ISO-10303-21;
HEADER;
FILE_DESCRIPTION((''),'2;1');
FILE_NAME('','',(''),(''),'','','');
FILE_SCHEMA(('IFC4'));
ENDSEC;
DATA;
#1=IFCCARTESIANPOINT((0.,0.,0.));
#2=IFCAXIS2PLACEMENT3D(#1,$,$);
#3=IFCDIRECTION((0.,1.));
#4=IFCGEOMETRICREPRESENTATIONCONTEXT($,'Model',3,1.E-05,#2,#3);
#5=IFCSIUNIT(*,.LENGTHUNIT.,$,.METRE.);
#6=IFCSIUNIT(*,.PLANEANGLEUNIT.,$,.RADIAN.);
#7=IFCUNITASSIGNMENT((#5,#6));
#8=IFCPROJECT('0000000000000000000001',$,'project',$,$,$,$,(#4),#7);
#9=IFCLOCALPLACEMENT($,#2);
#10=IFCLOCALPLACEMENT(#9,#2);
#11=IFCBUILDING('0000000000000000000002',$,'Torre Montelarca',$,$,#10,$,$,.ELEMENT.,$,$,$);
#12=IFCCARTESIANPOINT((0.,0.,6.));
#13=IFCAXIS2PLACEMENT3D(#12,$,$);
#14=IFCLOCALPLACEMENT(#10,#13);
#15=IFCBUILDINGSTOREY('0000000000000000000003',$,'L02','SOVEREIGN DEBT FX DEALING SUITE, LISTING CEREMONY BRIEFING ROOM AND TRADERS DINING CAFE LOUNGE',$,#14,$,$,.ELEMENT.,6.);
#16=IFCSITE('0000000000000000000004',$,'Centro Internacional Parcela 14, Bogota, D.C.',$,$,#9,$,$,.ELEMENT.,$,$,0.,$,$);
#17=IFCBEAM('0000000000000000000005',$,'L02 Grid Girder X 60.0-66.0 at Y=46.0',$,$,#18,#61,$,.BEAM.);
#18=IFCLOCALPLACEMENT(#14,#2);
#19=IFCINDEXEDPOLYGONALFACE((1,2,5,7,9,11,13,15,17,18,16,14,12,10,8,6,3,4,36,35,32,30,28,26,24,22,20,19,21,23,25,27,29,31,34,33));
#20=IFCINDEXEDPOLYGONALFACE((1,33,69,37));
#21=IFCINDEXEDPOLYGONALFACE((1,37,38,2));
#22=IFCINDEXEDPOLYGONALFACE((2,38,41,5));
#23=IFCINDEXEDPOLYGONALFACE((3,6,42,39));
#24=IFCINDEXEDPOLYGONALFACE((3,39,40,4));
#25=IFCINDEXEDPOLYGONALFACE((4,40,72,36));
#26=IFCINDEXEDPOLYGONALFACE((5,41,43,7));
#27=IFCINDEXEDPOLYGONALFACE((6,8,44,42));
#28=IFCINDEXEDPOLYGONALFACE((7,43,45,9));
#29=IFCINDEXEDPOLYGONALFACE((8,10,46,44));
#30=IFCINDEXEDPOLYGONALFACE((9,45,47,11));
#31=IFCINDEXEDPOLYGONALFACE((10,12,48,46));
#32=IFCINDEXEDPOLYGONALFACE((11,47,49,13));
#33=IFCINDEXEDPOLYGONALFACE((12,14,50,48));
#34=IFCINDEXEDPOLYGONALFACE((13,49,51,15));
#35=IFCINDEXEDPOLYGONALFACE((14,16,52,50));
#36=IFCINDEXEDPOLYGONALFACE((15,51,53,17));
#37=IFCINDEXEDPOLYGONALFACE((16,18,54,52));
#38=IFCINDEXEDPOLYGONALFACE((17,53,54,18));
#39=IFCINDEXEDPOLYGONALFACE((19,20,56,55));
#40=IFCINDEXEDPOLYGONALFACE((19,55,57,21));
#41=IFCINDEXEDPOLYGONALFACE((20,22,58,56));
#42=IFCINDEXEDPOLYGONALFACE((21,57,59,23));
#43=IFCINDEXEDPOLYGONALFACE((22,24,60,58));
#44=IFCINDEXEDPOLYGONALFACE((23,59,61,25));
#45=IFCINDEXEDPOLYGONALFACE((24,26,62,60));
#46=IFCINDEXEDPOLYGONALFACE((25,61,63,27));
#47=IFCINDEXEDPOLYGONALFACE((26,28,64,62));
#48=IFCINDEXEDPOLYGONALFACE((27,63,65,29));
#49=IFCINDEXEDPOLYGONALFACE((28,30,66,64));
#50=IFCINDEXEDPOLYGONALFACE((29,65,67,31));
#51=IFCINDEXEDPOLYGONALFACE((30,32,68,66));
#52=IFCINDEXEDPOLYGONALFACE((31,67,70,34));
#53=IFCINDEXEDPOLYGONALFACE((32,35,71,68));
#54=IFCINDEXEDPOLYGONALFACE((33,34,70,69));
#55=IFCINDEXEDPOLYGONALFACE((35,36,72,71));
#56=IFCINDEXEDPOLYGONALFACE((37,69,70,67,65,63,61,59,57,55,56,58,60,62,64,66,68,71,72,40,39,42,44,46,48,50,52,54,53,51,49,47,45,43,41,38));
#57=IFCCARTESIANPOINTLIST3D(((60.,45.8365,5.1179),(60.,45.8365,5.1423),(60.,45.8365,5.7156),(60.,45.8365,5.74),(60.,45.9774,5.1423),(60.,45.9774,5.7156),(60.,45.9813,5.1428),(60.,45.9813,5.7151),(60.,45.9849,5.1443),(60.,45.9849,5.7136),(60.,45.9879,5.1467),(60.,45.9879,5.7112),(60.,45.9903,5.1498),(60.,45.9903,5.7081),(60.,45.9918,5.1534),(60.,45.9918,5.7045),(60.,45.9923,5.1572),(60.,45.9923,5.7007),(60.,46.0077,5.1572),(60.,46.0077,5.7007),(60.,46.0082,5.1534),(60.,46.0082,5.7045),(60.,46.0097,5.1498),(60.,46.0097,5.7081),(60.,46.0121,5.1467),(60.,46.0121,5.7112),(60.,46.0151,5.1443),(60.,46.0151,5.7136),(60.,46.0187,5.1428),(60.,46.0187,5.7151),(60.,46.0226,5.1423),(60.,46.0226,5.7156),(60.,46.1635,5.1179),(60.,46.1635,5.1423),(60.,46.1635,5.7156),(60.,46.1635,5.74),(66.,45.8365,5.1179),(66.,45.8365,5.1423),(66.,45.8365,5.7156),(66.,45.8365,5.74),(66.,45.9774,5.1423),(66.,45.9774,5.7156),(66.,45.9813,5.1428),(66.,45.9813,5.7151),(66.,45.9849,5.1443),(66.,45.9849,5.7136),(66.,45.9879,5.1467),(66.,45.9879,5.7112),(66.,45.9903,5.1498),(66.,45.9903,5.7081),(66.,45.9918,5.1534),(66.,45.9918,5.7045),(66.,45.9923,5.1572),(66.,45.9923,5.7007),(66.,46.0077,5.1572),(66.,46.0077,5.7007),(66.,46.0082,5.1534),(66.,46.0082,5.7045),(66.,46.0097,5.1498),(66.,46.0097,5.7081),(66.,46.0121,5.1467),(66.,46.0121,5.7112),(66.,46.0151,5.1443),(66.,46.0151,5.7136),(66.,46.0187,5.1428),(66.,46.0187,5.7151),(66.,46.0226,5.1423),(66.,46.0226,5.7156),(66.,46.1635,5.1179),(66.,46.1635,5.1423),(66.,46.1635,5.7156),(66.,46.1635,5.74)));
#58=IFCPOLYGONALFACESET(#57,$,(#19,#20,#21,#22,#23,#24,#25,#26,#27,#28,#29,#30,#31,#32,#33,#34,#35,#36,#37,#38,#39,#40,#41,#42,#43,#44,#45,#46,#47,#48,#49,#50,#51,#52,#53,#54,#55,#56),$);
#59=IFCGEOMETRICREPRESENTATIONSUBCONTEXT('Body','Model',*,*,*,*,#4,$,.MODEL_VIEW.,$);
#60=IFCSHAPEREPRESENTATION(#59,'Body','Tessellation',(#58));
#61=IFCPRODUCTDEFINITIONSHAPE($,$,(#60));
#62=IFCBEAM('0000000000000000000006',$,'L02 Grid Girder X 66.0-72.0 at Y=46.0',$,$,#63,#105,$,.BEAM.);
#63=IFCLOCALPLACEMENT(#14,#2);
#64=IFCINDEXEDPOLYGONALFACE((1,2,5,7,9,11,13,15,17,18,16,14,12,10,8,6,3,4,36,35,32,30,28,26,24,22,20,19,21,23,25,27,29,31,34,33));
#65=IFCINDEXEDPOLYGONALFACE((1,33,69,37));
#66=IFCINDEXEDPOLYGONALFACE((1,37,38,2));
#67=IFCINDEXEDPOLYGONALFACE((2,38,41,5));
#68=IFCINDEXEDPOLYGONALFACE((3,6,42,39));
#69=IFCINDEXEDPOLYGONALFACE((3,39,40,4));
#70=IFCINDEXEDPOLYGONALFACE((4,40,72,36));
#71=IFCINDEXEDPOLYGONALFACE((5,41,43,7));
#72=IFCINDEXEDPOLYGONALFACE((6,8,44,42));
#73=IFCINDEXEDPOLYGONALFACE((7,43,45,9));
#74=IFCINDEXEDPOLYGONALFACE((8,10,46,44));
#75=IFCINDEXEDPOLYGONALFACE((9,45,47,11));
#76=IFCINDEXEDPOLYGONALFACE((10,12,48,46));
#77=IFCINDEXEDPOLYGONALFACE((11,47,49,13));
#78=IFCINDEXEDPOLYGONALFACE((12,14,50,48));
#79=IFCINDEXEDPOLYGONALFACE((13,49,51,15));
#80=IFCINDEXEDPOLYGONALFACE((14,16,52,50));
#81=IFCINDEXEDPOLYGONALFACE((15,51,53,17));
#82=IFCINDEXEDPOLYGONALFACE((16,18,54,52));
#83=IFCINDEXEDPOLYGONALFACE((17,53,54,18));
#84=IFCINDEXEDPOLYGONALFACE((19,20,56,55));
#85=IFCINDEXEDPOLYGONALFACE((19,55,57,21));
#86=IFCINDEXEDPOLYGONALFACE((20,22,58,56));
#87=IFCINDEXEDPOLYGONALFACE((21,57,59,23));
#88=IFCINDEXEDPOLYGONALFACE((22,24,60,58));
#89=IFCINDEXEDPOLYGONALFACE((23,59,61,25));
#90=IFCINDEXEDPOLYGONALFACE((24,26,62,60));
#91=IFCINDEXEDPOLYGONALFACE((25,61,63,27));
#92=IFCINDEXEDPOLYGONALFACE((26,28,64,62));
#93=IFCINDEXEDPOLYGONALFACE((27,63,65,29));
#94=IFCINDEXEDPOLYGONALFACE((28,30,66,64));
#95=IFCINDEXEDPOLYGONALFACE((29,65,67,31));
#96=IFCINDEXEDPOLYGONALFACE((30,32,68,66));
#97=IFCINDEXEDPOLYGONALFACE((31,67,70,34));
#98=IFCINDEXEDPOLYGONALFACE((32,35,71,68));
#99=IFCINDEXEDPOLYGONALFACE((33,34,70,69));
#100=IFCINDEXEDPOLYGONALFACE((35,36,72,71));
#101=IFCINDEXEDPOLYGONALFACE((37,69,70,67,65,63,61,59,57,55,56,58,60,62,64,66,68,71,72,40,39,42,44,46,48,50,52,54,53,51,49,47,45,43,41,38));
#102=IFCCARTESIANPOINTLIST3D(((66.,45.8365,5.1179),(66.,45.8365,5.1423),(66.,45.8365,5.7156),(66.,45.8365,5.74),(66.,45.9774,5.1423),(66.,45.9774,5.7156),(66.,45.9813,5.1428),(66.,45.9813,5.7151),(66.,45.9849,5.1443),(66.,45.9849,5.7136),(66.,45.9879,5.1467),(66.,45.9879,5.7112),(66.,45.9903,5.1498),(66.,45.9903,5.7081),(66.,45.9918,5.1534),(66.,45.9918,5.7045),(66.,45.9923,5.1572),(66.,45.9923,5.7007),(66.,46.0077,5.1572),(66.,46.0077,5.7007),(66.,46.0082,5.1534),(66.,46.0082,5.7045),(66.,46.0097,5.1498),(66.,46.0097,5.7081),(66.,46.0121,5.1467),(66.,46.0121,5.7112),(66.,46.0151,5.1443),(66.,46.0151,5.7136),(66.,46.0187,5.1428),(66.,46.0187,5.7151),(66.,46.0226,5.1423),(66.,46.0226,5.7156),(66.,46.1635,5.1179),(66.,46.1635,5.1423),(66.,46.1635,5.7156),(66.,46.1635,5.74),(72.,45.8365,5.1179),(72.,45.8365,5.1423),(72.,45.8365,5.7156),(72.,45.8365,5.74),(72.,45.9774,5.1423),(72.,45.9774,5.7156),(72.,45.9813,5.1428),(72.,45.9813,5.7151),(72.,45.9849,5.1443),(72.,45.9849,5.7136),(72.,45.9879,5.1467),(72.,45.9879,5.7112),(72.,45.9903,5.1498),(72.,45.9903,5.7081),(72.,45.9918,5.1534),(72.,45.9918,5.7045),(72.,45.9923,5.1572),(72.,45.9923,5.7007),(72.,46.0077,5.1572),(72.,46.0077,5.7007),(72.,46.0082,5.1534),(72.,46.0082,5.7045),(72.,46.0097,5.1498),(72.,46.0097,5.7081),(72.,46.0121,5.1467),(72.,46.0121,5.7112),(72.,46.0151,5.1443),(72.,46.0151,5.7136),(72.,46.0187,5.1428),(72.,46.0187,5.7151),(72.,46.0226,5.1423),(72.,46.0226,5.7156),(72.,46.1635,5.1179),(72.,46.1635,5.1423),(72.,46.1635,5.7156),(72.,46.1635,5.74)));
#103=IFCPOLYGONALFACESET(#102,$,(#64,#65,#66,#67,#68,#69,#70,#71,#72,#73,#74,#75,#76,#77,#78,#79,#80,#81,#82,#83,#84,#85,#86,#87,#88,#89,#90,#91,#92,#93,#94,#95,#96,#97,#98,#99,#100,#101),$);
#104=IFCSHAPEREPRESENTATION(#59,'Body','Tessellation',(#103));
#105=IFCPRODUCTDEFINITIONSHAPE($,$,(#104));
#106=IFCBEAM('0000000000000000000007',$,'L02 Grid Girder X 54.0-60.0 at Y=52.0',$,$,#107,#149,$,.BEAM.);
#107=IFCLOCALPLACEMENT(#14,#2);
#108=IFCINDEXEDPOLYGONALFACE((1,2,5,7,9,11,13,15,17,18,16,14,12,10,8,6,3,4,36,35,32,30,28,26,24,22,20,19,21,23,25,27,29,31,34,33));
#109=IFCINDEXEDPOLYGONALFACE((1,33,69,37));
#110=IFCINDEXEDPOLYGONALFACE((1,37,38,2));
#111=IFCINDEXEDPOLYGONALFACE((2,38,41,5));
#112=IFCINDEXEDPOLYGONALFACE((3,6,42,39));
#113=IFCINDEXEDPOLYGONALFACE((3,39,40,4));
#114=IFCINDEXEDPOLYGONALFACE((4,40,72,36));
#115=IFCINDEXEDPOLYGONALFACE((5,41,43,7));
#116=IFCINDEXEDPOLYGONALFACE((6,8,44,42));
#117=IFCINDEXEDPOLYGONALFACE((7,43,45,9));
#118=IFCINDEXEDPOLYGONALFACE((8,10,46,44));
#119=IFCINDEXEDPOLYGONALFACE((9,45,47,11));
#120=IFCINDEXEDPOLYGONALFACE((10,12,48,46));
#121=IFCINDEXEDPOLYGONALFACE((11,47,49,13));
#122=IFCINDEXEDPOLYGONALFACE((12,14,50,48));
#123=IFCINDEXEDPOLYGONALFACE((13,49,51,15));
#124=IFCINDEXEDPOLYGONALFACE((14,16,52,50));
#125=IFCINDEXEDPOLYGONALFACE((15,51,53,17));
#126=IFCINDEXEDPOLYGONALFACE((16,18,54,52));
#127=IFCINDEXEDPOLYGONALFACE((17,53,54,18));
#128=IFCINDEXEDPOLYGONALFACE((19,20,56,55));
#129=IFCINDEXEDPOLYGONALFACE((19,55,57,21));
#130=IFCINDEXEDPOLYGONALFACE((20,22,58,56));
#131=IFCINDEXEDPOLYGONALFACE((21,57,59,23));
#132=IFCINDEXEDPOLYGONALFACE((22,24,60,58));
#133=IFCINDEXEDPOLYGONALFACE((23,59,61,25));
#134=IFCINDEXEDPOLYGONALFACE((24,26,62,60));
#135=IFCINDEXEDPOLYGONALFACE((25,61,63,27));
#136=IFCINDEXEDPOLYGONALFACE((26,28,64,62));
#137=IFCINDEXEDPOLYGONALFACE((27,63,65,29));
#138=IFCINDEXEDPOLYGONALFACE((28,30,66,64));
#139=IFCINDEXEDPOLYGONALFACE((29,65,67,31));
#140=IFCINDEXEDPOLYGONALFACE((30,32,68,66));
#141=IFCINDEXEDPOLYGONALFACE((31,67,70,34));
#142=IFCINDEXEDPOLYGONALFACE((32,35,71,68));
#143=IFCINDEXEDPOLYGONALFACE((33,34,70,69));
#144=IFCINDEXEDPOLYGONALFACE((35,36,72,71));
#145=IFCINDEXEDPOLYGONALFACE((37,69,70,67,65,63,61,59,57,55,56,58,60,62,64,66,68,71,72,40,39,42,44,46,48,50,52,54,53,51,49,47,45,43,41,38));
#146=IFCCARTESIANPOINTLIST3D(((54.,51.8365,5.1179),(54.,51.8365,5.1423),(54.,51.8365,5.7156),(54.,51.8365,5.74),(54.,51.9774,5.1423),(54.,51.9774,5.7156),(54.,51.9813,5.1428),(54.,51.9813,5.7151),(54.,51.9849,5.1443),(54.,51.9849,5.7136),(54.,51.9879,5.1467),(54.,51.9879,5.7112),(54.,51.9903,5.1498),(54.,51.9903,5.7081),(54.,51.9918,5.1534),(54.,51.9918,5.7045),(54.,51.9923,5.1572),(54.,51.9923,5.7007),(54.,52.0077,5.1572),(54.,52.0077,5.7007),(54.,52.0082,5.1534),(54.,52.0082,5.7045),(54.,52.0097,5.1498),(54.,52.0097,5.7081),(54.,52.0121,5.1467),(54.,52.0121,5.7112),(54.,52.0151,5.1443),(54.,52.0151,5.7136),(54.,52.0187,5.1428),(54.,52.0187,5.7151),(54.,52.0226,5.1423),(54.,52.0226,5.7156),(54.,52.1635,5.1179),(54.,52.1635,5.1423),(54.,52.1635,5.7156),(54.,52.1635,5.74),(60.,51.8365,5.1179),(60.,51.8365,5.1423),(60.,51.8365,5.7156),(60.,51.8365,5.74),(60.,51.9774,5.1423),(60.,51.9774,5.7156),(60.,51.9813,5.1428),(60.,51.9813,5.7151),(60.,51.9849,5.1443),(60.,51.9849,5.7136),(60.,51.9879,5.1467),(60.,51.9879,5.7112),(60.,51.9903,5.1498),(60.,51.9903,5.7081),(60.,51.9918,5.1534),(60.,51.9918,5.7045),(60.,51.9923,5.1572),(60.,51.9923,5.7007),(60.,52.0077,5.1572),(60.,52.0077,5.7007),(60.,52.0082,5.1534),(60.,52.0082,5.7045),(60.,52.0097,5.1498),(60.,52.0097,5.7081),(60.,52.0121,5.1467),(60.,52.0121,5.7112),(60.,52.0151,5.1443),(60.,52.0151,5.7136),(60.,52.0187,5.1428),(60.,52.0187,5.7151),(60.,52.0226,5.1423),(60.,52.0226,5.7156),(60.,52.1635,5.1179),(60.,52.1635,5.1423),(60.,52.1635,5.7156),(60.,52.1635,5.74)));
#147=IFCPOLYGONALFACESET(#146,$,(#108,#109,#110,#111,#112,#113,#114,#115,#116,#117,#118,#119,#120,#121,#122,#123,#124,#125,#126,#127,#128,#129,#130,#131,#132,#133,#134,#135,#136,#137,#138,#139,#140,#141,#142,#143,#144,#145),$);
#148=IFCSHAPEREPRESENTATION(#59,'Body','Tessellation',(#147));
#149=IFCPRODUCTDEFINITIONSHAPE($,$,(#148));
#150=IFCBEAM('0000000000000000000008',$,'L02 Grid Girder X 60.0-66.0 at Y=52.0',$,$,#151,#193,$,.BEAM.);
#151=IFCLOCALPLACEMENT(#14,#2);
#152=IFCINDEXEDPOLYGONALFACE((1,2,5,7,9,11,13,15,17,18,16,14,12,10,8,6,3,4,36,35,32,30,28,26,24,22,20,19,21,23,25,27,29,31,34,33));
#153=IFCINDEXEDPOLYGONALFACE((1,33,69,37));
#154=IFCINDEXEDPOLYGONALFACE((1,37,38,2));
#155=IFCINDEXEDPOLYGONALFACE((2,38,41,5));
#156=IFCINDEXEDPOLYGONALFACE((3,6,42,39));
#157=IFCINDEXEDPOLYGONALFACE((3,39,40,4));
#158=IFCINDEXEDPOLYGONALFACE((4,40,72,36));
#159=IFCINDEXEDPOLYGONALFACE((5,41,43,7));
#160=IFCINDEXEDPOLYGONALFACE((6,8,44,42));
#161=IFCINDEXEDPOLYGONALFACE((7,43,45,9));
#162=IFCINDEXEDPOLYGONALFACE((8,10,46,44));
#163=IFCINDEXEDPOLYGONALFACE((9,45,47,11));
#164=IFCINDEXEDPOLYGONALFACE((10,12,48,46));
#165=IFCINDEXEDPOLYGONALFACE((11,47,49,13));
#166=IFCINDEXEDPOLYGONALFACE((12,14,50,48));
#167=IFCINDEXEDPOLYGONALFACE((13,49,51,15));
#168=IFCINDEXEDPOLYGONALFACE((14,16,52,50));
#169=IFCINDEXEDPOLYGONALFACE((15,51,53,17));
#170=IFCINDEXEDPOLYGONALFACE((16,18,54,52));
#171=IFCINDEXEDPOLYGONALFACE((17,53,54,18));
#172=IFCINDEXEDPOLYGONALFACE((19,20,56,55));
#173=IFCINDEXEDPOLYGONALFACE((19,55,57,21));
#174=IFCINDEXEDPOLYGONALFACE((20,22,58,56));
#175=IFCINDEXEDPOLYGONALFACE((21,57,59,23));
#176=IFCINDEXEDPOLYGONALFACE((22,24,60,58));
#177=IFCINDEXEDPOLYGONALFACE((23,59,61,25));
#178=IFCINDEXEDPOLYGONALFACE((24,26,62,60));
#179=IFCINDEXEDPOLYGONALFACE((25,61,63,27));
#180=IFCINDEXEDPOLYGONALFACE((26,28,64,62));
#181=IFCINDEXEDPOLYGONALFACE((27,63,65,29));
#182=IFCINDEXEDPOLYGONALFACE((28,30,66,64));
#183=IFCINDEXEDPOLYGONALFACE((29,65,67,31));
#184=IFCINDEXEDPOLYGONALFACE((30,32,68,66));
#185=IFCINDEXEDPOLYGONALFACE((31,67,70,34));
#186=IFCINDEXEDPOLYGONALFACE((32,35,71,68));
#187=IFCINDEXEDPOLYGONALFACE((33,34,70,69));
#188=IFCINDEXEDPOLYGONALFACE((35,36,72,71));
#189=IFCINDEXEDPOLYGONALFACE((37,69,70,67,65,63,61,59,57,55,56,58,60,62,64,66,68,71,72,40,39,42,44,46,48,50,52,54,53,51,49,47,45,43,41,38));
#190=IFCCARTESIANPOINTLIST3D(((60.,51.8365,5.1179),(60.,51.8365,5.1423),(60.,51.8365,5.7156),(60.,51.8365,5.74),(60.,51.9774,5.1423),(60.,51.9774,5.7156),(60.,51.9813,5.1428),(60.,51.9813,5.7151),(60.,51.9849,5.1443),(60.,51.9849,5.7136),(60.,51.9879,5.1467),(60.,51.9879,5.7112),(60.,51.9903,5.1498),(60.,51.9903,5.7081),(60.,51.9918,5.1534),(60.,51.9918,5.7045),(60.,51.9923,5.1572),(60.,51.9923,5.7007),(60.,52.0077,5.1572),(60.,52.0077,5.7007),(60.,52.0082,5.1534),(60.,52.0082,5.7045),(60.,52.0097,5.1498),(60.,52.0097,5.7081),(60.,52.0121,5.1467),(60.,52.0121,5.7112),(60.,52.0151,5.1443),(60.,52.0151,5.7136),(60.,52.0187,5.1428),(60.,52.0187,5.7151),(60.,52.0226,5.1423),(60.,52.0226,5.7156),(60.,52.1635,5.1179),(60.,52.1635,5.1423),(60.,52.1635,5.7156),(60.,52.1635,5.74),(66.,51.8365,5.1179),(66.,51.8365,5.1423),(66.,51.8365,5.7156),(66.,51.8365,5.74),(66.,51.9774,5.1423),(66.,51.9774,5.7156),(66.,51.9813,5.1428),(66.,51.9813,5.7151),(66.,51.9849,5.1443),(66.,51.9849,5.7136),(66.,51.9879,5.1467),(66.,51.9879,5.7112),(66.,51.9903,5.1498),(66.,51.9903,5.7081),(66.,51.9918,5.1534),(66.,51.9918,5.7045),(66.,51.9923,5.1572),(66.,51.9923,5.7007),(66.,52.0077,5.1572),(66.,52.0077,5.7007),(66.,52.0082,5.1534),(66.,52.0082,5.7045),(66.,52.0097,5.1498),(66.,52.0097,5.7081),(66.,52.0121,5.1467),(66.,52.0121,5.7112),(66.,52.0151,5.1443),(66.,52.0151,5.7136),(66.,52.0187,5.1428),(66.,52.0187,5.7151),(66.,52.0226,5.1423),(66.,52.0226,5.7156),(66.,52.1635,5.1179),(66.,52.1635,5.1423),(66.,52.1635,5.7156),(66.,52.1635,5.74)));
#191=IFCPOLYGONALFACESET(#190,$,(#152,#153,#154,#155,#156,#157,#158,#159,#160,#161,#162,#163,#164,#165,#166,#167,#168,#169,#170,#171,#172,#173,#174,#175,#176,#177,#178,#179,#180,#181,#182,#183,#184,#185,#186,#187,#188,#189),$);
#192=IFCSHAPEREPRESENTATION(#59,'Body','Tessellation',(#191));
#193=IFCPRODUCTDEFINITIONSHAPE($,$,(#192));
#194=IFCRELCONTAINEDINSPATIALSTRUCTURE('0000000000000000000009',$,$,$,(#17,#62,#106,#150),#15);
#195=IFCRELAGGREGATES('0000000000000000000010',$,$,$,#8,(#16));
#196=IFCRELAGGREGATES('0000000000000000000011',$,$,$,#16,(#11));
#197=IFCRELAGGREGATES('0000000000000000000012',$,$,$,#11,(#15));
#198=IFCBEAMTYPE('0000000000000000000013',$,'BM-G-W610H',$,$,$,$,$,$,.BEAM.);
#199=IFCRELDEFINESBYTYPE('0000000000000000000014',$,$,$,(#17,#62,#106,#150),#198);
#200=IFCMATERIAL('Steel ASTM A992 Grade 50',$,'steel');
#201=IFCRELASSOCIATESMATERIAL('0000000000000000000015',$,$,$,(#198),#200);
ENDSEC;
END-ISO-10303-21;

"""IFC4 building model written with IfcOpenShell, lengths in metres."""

from ifc_helpers import new_model, si_unit, direction, frame, origin, origin_2d, place, context, subcontext, project, spatial, i_section, extrude, source, transform, mapped, material, material_profile, profile_set, type_object, element, save


model = new_model("IFC4")

# Units and contexts
model_context = context("Model", 3, precision=1e-05, world=origin(), true_north=direction((0.0, 1.0)))
body_context = subcontext(model_context, "Body", "Model", "MODEL_VIEW")
ifc_project = project(units=[si_unit("LENGTHUNIT", "METRE"), si_unit("PLANEANGLEUNIT", "RADIAN")], contexts=[model_context])

# Site, building, storey
site_placement = place(None, origin())
site = spatial("IfcSite", under=ifc_project, at=site_placement, Name="Centro Internacional Parcela 14, Bogota, D.C.", CompositionType="ELEMENT", RefElevation=0.0)
building_placement = place(site_placement, origin())
building = spatial("IfcBuilding", under=site, at=building_placement, Name="Torre Montelarca", CompositionType="ELEMENT")
storey_placement = place(building_placement, frame((0.0, 0.0, 6.0)))
storey = spatial("IfcBuildingStorey", under=building, at=storey_placement, Name="L02", Description="SOVEREIGN DEBT FX DEALING SUITE, LISTING CEREMONY BRIEFING ROOM AND TRADERS DINING CAFE LOUNGE", CompositionType="ELEMENT", Elevation=6.0)

# Shared definitions
ifc_material_1 = material(Name="Steel ASTM A992 Grade 50", Category="steel")

# Beams
ifc_material_profile_1 = material_profile(ifc_material_1, i_section(OverallWidth=0.3269, OverallDepth=0.6221, WebThickness=0.0154, FlangeThickness=0.0244, FilletRadius=0.0149, at=origin_2d()), Name="W610X195", Category="steel")
ifc_profile_set_1 = profile_set([ifc_material_profile_1], Name="Steel ASTM A992 Grade 50")
beam_type_1 = type_object("IfcBeamType", Name="BM-G-W610H", PredefinedType="BEAM", material=ifc_profile_set_1)
shared_shape_1 = source(origin(), body_context, "Body", "SweptSolid", [
    extrude(i_section(OverallWidth=0.3269, OverallDepth=0.6221, WebThickness=0.0154, FlangeThickness=0.0244, FilletRadius=0.0149, at=origin_2d()), origin(), (0.0, 0.0, 1.0), 6.0),
])
for number, where, z_axis, x_axis, name in (
    (1, (60.0, 46.0, 5.429), (1.0, 0.0, 0.0), (0.0, 1.0, 0.0), "L02 Grid Girder X 60.0-66.0 at Y=46.0"),
    (2, (66.0, 46.0, 5.429), (1.0, 0.0, 0.0), (0.0, 1.0, 0.0), "L02 Grid Girder X 66.0-72.0 at Y=46.0"),
    (3, (54.0, 52.0, 5.429), (1.0, 0.0, 0.0), (0.0, 1.0, 0.0), "L02 Grid Girder X 54.0-60.0 at Y=52.0"),
    (4, (60.0, 52.0, 5.429), (1.0, 0.0, 0.0), (0.0, 1.0, 0.0), "L02 Grid Girder X 60.0-66.0 at Y=52.0"),
):
    element("IfcBeam", number, at=place(storey_placement, frame(where, z_axis=z_axis, x_axis=x_axis)), inside=storey, type_object=beam_type_1, Name=name, PredefinedType="BEAM", context=body_context, shape_type="MappedRepresentation", body=[
        mapped(shared_shape_1, transform((0.0, 0.0, 0.0), scale=1.0)),
    ])

save(model, "model.ifc")
